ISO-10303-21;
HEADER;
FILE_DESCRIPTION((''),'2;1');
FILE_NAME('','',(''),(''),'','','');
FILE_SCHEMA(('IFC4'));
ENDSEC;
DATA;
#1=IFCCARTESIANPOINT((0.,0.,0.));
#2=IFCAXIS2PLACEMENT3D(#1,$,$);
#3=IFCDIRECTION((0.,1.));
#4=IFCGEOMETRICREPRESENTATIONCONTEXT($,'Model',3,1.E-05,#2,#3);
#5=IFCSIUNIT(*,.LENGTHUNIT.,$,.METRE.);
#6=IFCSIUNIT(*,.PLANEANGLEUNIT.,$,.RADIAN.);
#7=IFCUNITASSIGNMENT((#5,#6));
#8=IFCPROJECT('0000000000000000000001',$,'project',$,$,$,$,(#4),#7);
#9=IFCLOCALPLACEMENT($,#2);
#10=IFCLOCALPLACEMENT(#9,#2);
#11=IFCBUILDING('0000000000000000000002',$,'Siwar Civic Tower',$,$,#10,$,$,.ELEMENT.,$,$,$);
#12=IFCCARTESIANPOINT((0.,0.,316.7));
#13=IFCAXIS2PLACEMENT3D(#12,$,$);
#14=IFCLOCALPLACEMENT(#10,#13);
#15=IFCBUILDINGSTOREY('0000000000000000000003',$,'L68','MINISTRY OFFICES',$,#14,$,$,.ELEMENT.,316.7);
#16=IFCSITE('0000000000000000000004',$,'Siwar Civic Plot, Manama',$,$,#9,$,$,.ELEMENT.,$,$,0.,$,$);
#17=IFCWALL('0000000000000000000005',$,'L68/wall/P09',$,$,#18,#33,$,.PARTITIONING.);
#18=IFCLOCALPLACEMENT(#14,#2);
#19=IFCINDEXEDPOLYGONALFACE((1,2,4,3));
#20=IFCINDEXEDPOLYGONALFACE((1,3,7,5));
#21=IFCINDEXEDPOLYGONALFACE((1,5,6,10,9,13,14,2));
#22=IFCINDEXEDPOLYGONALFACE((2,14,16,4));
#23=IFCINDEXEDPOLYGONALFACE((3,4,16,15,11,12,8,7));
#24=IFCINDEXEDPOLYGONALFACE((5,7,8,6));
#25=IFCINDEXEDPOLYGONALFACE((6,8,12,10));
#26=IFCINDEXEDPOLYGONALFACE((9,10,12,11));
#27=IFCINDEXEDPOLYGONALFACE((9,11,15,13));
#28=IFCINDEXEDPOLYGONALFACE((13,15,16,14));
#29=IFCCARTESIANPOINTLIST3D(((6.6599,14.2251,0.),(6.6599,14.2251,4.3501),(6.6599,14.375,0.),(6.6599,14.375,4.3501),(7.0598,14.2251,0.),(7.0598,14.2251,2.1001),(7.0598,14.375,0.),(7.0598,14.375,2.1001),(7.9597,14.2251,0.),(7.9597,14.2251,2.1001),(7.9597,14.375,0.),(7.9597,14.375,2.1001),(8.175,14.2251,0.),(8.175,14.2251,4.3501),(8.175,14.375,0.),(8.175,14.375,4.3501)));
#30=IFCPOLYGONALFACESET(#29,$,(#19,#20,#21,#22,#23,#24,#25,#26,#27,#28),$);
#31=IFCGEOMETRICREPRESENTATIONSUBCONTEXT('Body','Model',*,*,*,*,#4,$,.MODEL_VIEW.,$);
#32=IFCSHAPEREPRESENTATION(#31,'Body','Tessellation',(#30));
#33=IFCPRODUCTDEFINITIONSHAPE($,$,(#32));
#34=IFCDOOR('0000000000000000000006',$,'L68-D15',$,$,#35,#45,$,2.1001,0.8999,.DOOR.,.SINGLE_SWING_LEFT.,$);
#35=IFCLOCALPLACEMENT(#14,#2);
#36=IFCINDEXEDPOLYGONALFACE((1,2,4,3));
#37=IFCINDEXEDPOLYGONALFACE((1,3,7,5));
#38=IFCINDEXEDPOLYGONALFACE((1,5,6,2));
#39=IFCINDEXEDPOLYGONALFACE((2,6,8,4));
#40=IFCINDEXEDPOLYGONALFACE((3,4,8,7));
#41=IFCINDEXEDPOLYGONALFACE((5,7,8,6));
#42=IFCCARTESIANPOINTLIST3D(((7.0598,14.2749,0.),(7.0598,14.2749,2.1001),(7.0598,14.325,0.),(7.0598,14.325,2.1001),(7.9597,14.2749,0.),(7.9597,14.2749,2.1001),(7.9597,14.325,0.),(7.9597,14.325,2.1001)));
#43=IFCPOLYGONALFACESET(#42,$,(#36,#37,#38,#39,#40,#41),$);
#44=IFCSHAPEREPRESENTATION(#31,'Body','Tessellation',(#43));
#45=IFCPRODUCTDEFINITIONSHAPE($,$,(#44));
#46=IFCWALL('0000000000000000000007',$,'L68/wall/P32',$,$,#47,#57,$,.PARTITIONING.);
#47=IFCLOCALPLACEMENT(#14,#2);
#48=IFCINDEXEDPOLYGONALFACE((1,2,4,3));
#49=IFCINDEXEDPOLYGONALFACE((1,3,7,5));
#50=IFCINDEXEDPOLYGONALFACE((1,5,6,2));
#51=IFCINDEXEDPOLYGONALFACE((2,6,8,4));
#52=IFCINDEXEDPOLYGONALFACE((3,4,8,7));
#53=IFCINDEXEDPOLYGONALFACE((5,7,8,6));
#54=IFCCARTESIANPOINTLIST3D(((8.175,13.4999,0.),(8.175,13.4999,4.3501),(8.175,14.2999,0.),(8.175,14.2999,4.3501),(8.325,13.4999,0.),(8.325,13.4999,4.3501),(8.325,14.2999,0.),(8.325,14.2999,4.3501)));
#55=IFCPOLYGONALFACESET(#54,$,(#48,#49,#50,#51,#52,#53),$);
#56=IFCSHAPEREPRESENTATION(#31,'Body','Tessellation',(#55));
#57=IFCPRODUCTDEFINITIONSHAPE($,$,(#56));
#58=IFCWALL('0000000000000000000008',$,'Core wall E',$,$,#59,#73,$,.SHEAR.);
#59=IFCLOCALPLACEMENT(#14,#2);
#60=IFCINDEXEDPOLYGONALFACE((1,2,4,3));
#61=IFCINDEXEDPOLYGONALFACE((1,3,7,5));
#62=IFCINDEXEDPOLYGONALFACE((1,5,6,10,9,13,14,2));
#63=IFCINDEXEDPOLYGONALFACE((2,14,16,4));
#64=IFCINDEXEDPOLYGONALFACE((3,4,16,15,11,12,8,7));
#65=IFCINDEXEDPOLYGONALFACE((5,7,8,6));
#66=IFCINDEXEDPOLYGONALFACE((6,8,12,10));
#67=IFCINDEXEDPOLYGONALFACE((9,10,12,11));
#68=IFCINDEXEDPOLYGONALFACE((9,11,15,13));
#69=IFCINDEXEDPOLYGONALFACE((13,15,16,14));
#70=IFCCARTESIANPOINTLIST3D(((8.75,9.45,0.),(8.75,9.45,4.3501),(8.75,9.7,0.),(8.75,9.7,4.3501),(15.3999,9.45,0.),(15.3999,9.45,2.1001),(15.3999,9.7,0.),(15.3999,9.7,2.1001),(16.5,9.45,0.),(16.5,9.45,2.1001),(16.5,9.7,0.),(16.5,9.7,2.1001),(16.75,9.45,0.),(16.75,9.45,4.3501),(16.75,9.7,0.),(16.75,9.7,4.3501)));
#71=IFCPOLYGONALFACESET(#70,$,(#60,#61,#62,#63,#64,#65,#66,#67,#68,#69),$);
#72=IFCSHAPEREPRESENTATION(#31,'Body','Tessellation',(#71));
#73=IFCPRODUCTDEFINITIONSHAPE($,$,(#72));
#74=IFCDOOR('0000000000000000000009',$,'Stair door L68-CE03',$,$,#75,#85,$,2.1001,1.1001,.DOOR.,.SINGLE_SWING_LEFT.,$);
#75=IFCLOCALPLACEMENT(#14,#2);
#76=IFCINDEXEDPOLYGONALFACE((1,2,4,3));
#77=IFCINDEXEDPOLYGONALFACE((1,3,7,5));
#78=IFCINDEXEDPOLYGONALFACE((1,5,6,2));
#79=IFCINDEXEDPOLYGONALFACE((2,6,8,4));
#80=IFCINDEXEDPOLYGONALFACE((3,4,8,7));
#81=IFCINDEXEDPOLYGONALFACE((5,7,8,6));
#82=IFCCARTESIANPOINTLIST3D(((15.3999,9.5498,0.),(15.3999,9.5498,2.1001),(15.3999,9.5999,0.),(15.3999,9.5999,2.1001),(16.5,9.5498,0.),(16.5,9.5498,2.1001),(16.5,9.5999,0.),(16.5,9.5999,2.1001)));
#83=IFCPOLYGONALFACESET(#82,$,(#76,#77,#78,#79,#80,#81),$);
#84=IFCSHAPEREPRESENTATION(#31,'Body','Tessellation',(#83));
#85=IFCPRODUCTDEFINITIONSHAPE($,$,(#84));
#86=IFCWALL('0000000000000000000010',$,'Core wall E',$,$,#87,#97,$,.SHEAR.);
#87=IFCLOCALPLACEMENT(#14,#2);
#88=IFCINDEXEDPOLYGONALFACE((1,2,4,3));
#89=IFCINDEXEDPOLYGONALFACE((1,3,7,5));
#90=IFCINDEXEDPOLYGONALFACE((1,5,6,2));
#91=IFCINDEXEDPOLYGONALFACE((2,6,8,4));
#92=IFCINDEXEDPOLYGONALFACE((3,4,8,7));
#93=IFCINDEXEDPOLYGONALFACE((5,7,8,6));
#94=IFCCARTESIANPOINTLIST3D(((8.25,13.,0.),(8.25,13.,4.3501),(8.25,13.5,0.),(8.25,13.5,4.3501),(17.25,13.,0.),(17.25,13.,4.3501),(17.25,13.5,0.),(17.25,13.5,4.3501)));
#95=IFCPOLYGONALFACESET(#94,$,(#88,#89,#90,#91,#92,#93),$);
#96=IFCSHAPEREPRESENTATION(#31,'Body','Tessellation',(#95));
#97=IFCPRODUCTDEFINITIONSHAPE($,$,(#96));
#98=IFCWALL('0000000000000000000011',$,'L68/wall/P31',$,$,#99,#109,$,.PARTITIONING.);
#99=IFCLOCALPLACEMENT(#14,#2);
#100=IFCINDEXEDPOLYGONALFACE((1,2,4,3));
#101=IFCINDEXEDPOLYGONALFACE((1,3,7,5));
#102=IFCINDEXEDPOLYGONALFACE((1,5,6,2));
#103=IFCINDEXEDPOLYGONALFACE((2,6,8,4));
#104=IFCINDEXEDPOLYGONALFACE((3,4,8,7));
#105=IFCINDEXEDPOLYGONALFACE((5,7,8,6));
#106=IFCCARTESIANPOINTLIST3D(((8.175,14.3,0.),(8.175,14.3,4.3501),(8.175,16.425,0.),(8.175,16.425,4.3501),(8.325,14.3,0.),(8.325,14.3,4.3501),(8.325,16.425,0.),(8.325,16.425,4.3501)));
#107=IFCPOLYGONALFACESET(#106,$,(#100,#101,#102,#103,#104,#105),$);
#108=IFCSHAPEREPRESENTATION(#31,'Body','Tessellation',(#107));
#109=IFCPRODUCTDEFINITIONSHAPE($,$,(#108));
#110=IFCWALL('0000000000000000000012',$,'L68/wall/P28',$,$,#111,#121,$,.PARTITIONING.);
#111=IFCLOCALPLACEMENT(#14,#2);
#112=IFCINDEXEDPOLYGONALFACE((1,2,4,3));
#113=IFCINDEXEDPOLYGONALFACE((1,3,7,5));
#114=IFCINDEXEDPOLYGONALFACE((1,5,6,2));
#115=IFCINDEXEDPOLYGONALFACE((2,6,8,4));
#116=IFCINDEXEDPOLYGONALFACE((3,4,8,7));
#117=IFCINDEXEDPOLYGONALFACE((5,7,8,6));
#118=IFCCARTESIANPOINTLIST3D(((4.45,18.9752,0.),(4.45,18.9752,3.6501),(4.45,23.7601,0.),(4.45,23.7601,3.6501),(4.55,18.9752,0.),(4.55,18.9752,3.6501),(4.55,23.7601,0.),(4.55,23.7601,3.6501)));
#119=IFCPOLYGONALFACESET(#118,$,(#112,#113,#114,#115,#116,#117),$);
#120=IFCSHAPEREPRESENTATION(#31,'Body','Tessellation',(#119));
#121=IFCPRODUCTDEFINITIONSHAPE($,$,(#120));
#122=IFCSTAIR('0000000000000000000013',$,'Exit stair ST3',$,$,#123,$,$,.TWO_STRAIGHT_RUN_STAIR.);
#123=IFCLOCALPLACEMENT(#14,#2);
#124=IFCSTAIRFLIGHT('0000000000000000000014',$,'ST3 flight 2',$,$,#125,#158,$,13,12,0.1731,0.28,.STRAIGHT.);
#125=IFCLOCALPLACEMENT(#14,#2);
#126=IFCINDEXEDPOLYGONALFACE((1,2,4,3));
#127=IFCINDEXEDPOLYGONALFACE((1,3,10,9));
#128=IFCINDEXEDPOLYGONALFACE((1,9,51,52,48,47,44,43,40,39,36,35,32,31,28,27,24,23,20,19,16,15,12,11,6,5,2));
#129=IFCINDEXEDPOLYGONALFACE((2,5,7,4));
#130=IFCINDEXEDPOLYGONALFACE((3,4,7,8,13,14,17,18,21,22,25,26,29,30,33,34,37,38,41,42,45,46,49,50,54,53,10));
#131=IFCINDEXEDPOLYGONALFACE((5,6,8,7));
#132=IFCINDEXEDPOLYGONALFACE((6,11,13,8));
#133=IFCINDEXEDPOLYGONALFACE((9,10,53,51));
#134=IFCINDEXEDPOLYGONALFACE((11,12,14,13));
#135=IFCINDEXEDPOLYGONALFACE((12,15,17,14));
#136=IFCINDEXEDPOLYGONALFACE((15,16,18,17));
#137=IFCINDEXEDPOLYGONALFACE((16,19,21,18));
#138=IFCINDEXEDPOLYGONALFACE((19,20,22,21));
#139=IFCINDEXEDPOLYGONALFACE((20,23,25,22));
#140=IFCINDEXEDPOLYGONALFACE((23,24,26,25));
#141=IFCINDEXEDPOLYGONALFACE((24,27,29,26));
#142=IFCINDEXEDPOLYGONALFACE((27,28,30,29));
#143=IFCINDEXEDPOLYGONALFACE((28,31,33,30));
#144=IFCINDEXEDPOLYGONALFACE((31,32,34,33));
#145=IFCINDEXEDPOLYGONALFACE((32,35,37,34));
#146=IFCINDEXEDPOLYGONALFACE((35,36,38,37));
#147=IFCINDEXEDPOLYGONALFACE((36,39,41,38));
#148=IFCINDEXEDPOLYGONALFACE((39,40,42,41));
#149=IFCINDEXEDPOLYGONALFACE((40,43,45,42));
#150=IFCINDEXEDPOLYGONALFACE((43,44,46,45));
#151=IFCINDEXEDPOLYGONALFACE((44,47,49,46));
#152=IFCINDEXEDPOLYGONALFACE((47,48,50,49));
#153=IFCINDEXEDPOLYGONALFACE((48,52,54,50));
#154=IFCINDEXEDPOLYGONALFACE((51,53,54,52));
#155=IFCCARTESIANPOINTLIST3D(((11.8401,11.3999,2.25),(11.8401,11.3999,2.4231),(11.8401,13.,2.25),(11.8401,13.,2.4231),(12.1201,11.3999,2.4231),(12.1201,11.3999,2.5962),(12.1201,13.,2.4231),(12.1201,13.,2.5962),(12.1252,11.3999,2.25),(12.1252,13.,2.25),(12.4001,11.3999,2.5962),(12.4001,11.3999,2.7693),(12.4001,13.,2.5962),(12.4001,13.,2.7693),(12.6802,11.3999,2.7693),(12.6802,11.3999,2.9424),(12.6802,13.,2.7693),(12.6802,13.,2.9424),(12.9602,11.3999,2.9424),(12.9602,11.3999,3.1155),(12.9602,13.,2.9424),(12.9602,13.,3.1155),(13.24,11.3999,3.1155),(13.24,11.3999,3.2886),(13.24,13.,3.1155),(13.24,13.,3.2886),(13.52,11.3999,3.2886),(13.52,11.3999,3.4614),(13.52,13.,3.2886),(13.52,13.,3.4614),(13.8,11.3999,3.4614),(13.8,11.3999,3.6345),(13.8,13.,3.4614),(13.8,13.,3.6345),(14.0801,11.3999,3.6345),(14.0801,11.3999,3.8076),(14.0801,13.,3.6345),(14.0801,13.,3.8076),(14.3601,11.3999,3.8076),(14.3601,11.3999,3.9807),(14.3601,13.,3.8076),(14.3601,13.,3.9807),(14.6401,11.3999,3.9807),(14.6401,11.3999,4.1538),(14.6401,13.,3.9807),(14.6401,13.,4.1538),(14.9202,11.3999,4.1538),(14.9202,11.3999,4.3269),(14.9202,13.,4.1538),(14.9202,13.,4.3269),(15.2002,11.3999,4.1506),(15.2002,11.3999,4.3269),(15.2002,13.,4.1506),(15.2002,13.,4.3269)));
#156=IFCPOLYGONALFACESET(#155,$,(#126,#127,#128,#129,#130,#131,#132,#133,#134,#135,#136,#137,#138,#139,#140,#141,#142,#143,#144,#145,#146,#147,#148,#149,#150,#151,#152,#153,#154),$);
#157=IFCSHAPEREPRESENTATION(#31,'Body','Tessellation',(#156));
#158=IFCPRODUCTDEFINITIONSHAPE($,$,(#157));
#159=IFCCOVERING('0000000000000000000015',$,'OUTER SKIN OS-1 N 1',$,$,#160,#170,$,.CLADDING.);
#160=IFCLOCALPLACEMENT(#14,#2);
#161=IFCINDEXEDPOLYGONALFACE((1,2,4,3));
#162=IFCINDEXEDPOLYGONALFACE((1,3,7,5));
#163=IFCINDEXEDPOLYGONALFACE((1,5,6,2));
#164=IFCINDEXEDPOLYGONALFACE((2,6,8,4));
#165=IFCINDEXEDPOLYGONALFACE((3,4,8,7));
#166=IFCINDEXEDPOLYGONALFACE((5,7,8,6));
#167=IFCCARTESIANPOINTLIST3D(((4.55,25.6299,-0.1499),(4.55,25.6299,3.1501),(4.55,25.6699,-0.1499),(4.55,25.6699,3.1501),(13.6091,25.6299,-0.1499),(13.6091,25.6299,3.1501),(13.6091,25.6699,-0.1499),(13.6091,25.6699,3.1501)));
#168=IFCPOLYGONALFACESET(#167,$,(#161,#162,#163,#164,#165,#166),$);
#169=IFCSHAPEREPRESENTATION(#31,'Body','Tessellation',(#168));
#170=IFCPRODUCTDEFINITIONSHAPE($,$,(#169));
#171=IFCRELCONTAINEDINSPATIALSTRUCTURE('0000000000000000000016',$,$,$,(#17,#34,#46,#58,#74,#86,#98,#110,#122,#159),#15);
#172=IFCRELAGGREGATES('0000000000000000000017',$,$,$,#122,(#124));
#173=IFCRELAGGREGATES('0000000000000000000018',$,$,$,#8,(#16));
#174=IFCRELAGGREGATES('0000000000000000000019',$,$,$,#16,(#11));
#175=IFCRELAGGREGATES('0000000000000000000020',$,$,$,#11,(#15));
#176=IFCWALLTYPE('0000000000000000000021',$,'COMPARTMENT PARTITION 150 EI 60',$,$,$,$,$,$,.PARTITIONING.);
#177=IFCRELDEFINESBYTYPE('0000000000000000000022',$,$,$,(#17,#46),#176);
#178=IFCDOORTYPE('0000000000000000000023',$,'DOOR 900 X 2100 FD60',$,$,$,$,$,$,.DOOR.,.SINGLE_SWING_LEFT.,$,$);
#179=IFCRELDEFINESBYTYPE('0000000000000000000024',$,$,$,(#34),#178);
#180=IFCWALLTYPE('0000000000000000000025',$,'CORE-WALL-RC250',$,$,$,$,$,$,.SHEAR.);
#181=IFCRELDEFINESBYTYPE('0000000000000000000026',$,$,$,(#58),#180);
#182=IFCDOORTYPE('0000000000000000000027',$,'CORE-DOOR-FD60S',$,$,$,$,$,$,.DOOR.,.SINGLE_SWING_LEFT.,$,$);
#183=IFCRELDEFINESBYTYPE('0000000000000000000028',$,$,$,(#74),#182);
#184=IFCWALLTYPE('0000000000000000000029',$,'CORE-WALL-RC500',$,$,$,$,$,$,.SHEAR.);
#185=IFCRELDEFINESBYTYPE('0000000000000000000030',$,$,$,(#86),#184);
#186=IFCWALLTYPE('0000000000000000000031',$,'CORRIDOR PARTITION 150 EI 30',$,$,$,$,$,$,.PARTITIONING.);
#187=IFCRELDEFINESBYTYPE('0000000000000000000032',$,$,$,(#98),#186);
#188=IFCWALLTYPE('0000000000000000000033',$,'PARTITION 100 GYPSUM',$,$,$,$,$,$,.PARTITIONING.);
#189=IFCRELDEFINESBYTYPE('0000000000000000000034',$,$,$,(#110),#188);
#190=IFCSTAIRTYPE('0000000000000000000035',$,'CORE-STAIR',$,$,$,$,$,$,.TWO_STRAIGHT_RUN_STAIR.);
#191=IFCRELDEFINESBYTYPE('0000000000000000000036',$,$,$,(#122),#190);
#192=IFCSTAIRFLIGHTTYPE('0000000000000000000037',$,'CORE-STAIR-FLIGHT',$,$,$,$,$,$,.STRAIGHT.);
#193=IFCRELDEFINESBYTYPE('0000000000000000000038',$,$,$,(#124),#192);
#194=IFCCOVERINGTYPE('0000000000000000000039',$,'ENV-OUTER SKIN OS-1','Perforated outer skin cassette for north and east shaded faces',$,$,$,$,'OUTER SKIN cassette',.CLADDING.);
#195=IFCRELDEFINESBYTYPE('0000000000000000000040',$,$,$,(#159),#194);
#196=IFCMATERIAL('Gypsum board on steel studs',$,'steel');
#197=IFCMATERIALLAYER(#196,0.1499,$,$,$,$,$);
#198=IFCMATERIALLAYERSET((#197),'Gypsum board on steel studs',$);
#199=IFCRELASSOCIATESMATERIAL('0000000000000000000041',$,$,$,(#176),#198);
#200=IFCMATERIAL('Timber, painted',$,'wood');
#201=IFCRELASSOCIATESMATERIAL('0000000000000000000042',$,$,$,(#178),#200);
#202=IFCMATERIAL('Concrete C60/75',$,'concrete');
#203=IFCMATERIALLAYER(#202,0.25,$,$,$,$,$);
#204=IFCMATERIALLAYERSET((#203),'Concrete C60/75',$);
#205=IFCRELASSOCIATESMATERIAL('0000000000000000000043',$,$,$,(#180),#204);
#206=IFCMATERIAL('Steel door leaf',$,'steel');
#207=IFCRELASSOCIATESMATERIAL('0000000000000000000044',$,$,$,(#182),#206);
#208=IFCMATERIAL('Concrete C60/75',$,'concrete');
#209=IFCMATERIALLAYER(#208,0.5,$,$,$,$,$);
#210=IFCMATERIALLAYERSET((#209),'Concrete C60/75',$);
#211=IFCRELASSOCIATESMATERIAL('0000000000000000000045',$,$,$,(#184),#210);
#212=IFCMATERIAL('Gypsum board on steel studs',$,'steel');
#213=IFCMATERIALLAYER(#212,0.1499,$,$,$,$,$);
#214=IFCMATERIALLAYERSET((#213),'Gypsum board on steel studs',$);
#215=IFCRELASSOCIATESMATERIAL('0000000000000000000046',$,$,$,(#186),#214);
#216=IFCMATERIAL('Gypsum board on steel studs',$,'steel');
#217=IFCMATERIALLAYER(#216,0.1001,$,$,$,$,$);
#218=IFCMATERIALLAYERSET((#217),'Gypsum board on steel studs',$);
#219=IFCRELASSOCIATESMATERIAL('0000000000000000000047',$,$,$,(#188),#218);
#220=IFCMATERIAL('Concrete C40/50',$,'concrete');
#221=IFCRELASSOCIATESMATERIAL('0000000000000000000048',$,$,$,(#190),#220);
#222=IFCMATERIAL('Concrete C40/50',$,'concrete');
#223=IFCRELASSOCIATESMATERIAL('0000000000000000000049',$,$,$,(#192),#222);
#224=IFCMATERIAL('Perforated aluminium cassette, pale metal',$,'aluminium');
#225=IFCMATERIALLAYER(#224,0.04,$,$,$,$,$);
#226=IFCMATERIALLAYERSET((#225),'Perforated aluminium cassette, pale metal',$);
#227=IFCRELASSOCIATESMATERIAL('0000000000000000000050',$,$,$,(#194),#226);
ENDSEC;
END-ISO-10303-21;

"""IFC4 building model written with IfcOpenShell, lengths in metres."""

from ifc_helpers import new_model, si_unit, direction, frame, frame_2d, origin, origin_2d, place, context, subcontext, project, spatial, polyline, rectangle, outline, extrude, material, layer, layer_set, type_object, element, fill, aggregate, save


model = new_model("IFC4")

# Units and contexts
model_context = context("Model", 3, precision=1e-05, world=origin(), true_north=direction((0.0, 1.0)))
body_context = subcontext(model_context, "Body", "Model", "MODEL_VIEW")
ifc_project = project(units=[si_unit("LENGTHUNIT", "METRE"), si_unit("PLANEANGLEUNIT", "RADIAN")], contexts=[model_context])

# Site, building, storey
site_placement = place(None, origin())
site = spatial("IfcSite", under=ifc_project, at=site_placement, Name="Siwar Civic Plot, Manama", CompositionType="ELEMENT", RefElevation=0.0)
building_placement = place(site_placement, origin())
building = spatial("IfcBuilding", under=site, at=building_placement, Name="Siwar Civic Tower", CompositionType="ELEMENT")
storey_placement = place(building_placement, frame((0.0, 0.0, 316.7)))
storey = spatial("IfcBuildingStorey", under=building, at=storey_placement, Name="L68", Description="MINISTRY OFFICES", CompositionType="ELEMENT", Elevation=316.7)

# Wall, opening, door
ifc_material_1 = material(Name="Gypsum board on steel studs", Category="steel")
ifc_layer_1 = layer(ifc_material_1, 0.1499)
ifc_layer_set_1 = layer_set([ifc_layer_1], Name="Gypsum board on steel studs")
wall_type_1 = type_object("IfcWallType", Name="COMPARTMENT PARTITION 150 EI 60", PredefinedType="PARTITIONING", material=ifc_layer_set_1)
wall_1_placement = place(storey_placement, frame((6.6599, 14.3, 0.0), z_axis=(0.0, 0.0, 1.0), x_axis=(1.0, 0.0, 0.0)))
wall_1 = element("IfcWall", 1, at=wall_1_placement, inside=storey, type_object=wall_type_1, Name="L68/wall/P09", PredefinedType="PARTITIONING", context=body_context, shape_type="SweptSolid", body=[
    extrude(rectangle(XDim=1.5151, YDim=0.1499, at=frame_2d((0.7576, 0.0))), origin(), (0.0, 0.0, 1.0), 4.3501),
])
opening_1_placement = place(wall_1_placement, frame((0.3999, 0.0, 0.0)))
opening_1 = element("IfcOpeningElement", 2, at=opening_1_placement, cuts=wall_1, PredefinedType="OPENING", context=body_context, shape_type="SweptSolid", body=[
    extrude(rectangle(XDim=0.8999, YDim=2.1001, at=frame_2d((0.45, 1.05))), frame((0.0, 0.085, 0.0), z_axis=(0.0, -1.0, 0.0), x_axis=(1.0, 0.0, 0.0)), (0.0, 0.0, 1.0), 0.1699),
])
ifc_material_2 = material(Name="Timber, painted", Category="wood")
door_type_1 = type_object("IfcDoorType", Name="DOOR 900 X 2100 FD60", OperationType="SINGLE_SWING_LEFT", PredefinedType="DOOR", material=ifc_material_2)
door_1_placement = place(opening_1_placement, origin())
door_1 = element("IfcDoor", 3, at=door_1_placement, inside=storey, type_object=door_type_1, Name="L68-D15", OperationType="SINGLE_SWING_LEFT", OverallHeight=2.1001, OverallWidth=0.8999, PredefinedType="DOOR", context=body_context, shape_type="SweptSolid", body=[
    extrude(rectangle(XDim=0.8999, YDim=2.1001, at=frame_2d((0.45, 1.05))), frame((0.0, 0.0249, 0.0), z_axis=(0.0, -1.0, 0.0), x_axis=(1.0, 0.0, 0.0)), (0.0, 0.0, 1.0), 0.05),
])
fill(opening_1, door_1)

# Wall
wall_2_placement = place(storey_placement, frame((8.25, 13.5, 0.0), z_axis=(0.0, 0.0, 1.0), x_axis=(0.0, 1.0, 0.0)))
element("IfcWall", 4, at=wall_2_placement, inside=storey, type_object=wall_type_1, Name="L68/wall/P32", PredefinedType="PARTITIONING", context=body_context, shape_type="SweptSolid", body=[
    extrude(rectangle(XDim=0.8, YDim=0.1499, at=frame_2d((0.3999, 0.0))), origin(), (0.0, 0.0, 1.0), 4.3501),
])

# Wall, opening, door
ifc_material_3 = material(Name="Concrete C60/75", Category="concrete")
ifc_layer_2 = layer(ifc_material_3, 0.25)
ifc_layer_set_2 = layer_set([ifc_layer_2], Name="Concrete C60/75")
wall_type_2 = type_object("IfcWallType", Name="CORE-WALL-RC250", PredefinedType="SHEAR", material=ifc_layer_set_2)
wall_3_placement = place(storey_placement, frame((8.75, 9.575, 0.0), z_axis=(0.0, 0.0, 1.0), x_axis=(1.0, 0.0, 0.0)))
wall_3 = element("IfcWall", 5, at=wall_3_placement, inside=storey, type_object=wall_type_2, Name="Core wall E", PredefinedType="SHEAR", context=body_context, shape_type="SweptSolid", body=[
    extrude(rectangle(XDim=8.0, YDim=0.25, at=frame_2d((4.0, 0.0))), origin(), (0.0, 0.0, 1.0), 4.3501),
])
opening_2_placement = place(wall_3_placement, frame((6.6499, 0.0, 0.0)))
opening_2 = element("IfcOpeningElement", 6, at=opening_2_placement, cuts=wall_3, PredefinedType="OPENING", context=body_context, shape_type="SweptSolid", body=[
    extrude(rectangle(XDim=1.1001, YDim=2.1001, at=frame_2d((0.55, 1.05))), frame((0.0, 0.135, 0.0), z_axis=(0.0, -1.0, 0.0), x_axis=(1.0, 0.0, 0.0)), (0.0, 0.0, 1.0), 0.27),
])
ifc_material_4 = material(Name="Steel door leaf", Category="steel")
door_type_2 = type_object("IfcDoorType", Name="CORE-DOOR-FD60S", OperationType="SINGLE_SWING_LEFT", PredefinedType="DOOR", material=ifc_material_4)
door_2_placement = place(opening_2_placement, origin())
door_2 = element("IfcDoor", 7, at=door_2_placement, inside=storey, type_object=door_type_2, Name="Stair door L68-CE03", OperationType="SINGLE_SWING_LEFT", OverallHeight=2.1001, OverallWidth=1.1001, PredefinedType="DOOR", context=body_context, shape_type="SweptSolid", body=[
    extrude(rectangle(XDim=1.1001, YDim=2.1001, at=frame_2d((0.55, 1.05))), frame((0.0, 0.0249, 0.0), z_axis=(0.0, -1.0, 0.0), x_axis=(1.0, 0.0, 0.0)), (0.0, 0.0, 1.0), 0.05),
])
fill(opening_2, door_2)

# Walls
ifc_material_5 = material(Name="Concrete C60/75", Category="concrete")
ifc_layer_3 = layer(ifc_material_5, 0.5)
ifc_layer_set_3 = layer_set([ifc_layer_3], Name="Concrete C60/75")
wall_type_3 = type_object("IfcWallType", Name="CORE-WALL-RC500", PredefinedType="SHEAR", material=ifc_layer_set_3)
wall_4_placement = place(storey_placement, frame((8.25, 13.25, 0.0), z_axis=(0.0, 0.0, 1.0), x_axis=(1.0, 0.0, 0.0)))
element("IfcWall", 8, at=wall_4_placement, inside=storey, type_object=wall_type_3, Name="Core wall E", PredefinedType="SHEAR", context=body_context, shape_type="SweptSolid", body=[
    extrude(rectangle(XDim=9.0, YDim=0.5, at=frame_2d((4.5, 0.0))), origin(), (0.0, 0.0, 1.0), 4.3501),
])
ifc_material_6 = material(Name="Gypsum board on steel studs", Category="steel")
ifc_layer_4 = layer(ifc_material_6, 0.1499)
ifc_layer_set_4 = layer_set([ifc_layer_4], Name="Gypsum board on steel studs")
wall_type_4 = type_object("IfcWallType", Name="CORRIDOR PARTITION 150 EI 30", PredefinedType="PARTITIONING", material=ifc_layer_set_4)
wall_5_placement = place(storey_placement, frame((8.25, 14.3, 0.0), z_axis=(0.0, 0.0, 1.0), x_axis=(0.0, 1.0, 0.0)))
element("IfcWall", 9, at=wall_5_placement, inside=storey, type_object=wall_type_4, Name="L68/wall/P31", PredefinedType="PARTITIONING", context=body_context, shape_type="SweptSolid", body=[
    extrude(rectangle(XDim=2.125, YDim=0.1499, at=frame_2d((1.0625, 0.0))), origin(), (0.0, 0.0, 1.0), 4.3501),
])
ifc_material_7 = material(Name="Gypsum board on steel studs", Category="steel")
ifc_layer_5 = layer(ifc_material_7, 0.1001)
ifc_layer_set_5 = layer_set([ifc_layer_5], Name="Gypsum board on steel studs")
wall_type_5 = type_object("IfcWallType", Name="PARTITION 100 GYPSUM", PredefinedType="PARTITIONING", material=ifc_layer_set_5)
wall_6_placement = place(storey_placement, frame((4.5, 18.9751, 0.0), z_axis=(0.0, 0.0, 1.0), x_axis=(0.0, 1.0, 0.0)))
element("IfcWall", 10, at=wall_6_placement, inside=storey, type_object=wall_type_5, Name="L68/wall/P28", PredefinedType="PARTITIONING", context=body_context, shape_type="SweptSolid", body=[
    extrude(rectangle(XDim=4.7849, YDim=0.1001, at=frame_2d((2.3926, 0.0))), origin(), (0.0, 0.0, 1.0), 3.6501),
])

# Stair, stair flight
ifc_material_8 = material(Name="Concrete C40/50", Category="concrete")
stair_type = type_object("IfcStairType", Name="CORE-STAIR", PredefinedType="TWO_STRAIGHT_RUN_STAIR", material=ifc_material_8)
stair_placement = place(storey_placement, origin())
stair = element("IfcStair", 11, at=stair_placement, inside=storey, type_object=stair_type, Name="Exit stair ST3", PredefinedType="TWO_STRAIGHT_RUN_STAIR")
ifc_material_9 = material(Name="Concrete C40/50", Category="concrete")
stair_flight_type = type_object("IfcStairFlightType", Name="CORE-STAIR-FLIGHT", PredefinedType="STRAIGHT", material=ifc_material_9)
stair_flight_placement = place(storey_placement, frame((11.8401, 12.2, 2.25), z_axis=(0.0, 0.0, 1.0), x_axis=(1.0, 0.0, 0.0)))
stair_flight = element("IfcStairFlight", 12, at=stair_flight_placement, type_object=stair_flight_type, Name="ST3 flight 2", NumberOfRisers=13, NumberOfTreads=12, PredefinedType="STRAIGHT", RiserHeight=0.1731, TreadLength=0.28, context=body_context, shape_type="SweptSolid", body=[
    extrude(outline(polyline([(0.0, 0.0), (0.0, 0.1731), (0.28, 0.1731), (0.28, 0.3462), (0.5601, 0.3462), (0.5601, 0.5193), (0.8401, 0.5193), (0.8401, 0.6924), (1.1201, 0.6924), (1.1201, 0.8655), (1.3999, 0.8655), (1.3999, 1.0386), (1.6799, 1.0386), (1.6799, 1.2114), (1.96, 1.2114), (1.96, 1.3845), (2.24, 1.3845), (2.24, 1.5576), (2.52, 1.5576), (2.52, 1.7307), (2.8, 1.7307), (2.8, 1.9038), (3.0801, 1.9038), (3.0801, 2.0769), (3.3601, 2.0769), (3.3601, 2.25), (3.3601, 1.9006), (0.2852, 0.0), (0.0, 0.0)])), frame((0.0, 0.8, 0.0), z_axis=(0.0, -1.0, 0.0), x_axis=(1.0, 0.0, 0.0)), (0.0, 0.0, 1.0), 1.6001),
])
aggregate(stair, [stair_flight])

# Covering
ifc_material_10 = material(Name="Perforated aluminium cassette, pale metal", Category="aluminium")
ifc_layer_6 = layer(ifc_material_10, 0.04)
ifc_layer_set_6 = layer_set([ifc_layer_6], Name="Perforated aluminium cassette, pale metal")
covering_type = type_object("IfcCoveringType", Name="ENV-OUTER SKIN OS-1", Description="Perforated outer skin cassette for north and east shaded faces", ElementType="OUTER SKIN cassette", PredefinedType="CLADDING", material=ifc_layer_set_6)
covering_1_placement = place(storey_placement, frame((9.0796, 25.6499, -0.1499), z_axis=(0.0, 0.0, 1.0), x_axis=(-1.0, 0.0, 0.0)))
element("IfcCovering", 13, at=covering_1_placement, inside=storey, type_object=covering_type, Name="OUTER SKIN OS-1 N 1", PredefinedType="CLADDING", context=body_context, shape_type="SweptSolid", body=[
    extrude(rectangle(XDim=9.0591, YDim=0.04, at=origin_2d()), origin(), (0.0, 0.0, 1.0), 3.3),
])

save(model, "model.ifc")
